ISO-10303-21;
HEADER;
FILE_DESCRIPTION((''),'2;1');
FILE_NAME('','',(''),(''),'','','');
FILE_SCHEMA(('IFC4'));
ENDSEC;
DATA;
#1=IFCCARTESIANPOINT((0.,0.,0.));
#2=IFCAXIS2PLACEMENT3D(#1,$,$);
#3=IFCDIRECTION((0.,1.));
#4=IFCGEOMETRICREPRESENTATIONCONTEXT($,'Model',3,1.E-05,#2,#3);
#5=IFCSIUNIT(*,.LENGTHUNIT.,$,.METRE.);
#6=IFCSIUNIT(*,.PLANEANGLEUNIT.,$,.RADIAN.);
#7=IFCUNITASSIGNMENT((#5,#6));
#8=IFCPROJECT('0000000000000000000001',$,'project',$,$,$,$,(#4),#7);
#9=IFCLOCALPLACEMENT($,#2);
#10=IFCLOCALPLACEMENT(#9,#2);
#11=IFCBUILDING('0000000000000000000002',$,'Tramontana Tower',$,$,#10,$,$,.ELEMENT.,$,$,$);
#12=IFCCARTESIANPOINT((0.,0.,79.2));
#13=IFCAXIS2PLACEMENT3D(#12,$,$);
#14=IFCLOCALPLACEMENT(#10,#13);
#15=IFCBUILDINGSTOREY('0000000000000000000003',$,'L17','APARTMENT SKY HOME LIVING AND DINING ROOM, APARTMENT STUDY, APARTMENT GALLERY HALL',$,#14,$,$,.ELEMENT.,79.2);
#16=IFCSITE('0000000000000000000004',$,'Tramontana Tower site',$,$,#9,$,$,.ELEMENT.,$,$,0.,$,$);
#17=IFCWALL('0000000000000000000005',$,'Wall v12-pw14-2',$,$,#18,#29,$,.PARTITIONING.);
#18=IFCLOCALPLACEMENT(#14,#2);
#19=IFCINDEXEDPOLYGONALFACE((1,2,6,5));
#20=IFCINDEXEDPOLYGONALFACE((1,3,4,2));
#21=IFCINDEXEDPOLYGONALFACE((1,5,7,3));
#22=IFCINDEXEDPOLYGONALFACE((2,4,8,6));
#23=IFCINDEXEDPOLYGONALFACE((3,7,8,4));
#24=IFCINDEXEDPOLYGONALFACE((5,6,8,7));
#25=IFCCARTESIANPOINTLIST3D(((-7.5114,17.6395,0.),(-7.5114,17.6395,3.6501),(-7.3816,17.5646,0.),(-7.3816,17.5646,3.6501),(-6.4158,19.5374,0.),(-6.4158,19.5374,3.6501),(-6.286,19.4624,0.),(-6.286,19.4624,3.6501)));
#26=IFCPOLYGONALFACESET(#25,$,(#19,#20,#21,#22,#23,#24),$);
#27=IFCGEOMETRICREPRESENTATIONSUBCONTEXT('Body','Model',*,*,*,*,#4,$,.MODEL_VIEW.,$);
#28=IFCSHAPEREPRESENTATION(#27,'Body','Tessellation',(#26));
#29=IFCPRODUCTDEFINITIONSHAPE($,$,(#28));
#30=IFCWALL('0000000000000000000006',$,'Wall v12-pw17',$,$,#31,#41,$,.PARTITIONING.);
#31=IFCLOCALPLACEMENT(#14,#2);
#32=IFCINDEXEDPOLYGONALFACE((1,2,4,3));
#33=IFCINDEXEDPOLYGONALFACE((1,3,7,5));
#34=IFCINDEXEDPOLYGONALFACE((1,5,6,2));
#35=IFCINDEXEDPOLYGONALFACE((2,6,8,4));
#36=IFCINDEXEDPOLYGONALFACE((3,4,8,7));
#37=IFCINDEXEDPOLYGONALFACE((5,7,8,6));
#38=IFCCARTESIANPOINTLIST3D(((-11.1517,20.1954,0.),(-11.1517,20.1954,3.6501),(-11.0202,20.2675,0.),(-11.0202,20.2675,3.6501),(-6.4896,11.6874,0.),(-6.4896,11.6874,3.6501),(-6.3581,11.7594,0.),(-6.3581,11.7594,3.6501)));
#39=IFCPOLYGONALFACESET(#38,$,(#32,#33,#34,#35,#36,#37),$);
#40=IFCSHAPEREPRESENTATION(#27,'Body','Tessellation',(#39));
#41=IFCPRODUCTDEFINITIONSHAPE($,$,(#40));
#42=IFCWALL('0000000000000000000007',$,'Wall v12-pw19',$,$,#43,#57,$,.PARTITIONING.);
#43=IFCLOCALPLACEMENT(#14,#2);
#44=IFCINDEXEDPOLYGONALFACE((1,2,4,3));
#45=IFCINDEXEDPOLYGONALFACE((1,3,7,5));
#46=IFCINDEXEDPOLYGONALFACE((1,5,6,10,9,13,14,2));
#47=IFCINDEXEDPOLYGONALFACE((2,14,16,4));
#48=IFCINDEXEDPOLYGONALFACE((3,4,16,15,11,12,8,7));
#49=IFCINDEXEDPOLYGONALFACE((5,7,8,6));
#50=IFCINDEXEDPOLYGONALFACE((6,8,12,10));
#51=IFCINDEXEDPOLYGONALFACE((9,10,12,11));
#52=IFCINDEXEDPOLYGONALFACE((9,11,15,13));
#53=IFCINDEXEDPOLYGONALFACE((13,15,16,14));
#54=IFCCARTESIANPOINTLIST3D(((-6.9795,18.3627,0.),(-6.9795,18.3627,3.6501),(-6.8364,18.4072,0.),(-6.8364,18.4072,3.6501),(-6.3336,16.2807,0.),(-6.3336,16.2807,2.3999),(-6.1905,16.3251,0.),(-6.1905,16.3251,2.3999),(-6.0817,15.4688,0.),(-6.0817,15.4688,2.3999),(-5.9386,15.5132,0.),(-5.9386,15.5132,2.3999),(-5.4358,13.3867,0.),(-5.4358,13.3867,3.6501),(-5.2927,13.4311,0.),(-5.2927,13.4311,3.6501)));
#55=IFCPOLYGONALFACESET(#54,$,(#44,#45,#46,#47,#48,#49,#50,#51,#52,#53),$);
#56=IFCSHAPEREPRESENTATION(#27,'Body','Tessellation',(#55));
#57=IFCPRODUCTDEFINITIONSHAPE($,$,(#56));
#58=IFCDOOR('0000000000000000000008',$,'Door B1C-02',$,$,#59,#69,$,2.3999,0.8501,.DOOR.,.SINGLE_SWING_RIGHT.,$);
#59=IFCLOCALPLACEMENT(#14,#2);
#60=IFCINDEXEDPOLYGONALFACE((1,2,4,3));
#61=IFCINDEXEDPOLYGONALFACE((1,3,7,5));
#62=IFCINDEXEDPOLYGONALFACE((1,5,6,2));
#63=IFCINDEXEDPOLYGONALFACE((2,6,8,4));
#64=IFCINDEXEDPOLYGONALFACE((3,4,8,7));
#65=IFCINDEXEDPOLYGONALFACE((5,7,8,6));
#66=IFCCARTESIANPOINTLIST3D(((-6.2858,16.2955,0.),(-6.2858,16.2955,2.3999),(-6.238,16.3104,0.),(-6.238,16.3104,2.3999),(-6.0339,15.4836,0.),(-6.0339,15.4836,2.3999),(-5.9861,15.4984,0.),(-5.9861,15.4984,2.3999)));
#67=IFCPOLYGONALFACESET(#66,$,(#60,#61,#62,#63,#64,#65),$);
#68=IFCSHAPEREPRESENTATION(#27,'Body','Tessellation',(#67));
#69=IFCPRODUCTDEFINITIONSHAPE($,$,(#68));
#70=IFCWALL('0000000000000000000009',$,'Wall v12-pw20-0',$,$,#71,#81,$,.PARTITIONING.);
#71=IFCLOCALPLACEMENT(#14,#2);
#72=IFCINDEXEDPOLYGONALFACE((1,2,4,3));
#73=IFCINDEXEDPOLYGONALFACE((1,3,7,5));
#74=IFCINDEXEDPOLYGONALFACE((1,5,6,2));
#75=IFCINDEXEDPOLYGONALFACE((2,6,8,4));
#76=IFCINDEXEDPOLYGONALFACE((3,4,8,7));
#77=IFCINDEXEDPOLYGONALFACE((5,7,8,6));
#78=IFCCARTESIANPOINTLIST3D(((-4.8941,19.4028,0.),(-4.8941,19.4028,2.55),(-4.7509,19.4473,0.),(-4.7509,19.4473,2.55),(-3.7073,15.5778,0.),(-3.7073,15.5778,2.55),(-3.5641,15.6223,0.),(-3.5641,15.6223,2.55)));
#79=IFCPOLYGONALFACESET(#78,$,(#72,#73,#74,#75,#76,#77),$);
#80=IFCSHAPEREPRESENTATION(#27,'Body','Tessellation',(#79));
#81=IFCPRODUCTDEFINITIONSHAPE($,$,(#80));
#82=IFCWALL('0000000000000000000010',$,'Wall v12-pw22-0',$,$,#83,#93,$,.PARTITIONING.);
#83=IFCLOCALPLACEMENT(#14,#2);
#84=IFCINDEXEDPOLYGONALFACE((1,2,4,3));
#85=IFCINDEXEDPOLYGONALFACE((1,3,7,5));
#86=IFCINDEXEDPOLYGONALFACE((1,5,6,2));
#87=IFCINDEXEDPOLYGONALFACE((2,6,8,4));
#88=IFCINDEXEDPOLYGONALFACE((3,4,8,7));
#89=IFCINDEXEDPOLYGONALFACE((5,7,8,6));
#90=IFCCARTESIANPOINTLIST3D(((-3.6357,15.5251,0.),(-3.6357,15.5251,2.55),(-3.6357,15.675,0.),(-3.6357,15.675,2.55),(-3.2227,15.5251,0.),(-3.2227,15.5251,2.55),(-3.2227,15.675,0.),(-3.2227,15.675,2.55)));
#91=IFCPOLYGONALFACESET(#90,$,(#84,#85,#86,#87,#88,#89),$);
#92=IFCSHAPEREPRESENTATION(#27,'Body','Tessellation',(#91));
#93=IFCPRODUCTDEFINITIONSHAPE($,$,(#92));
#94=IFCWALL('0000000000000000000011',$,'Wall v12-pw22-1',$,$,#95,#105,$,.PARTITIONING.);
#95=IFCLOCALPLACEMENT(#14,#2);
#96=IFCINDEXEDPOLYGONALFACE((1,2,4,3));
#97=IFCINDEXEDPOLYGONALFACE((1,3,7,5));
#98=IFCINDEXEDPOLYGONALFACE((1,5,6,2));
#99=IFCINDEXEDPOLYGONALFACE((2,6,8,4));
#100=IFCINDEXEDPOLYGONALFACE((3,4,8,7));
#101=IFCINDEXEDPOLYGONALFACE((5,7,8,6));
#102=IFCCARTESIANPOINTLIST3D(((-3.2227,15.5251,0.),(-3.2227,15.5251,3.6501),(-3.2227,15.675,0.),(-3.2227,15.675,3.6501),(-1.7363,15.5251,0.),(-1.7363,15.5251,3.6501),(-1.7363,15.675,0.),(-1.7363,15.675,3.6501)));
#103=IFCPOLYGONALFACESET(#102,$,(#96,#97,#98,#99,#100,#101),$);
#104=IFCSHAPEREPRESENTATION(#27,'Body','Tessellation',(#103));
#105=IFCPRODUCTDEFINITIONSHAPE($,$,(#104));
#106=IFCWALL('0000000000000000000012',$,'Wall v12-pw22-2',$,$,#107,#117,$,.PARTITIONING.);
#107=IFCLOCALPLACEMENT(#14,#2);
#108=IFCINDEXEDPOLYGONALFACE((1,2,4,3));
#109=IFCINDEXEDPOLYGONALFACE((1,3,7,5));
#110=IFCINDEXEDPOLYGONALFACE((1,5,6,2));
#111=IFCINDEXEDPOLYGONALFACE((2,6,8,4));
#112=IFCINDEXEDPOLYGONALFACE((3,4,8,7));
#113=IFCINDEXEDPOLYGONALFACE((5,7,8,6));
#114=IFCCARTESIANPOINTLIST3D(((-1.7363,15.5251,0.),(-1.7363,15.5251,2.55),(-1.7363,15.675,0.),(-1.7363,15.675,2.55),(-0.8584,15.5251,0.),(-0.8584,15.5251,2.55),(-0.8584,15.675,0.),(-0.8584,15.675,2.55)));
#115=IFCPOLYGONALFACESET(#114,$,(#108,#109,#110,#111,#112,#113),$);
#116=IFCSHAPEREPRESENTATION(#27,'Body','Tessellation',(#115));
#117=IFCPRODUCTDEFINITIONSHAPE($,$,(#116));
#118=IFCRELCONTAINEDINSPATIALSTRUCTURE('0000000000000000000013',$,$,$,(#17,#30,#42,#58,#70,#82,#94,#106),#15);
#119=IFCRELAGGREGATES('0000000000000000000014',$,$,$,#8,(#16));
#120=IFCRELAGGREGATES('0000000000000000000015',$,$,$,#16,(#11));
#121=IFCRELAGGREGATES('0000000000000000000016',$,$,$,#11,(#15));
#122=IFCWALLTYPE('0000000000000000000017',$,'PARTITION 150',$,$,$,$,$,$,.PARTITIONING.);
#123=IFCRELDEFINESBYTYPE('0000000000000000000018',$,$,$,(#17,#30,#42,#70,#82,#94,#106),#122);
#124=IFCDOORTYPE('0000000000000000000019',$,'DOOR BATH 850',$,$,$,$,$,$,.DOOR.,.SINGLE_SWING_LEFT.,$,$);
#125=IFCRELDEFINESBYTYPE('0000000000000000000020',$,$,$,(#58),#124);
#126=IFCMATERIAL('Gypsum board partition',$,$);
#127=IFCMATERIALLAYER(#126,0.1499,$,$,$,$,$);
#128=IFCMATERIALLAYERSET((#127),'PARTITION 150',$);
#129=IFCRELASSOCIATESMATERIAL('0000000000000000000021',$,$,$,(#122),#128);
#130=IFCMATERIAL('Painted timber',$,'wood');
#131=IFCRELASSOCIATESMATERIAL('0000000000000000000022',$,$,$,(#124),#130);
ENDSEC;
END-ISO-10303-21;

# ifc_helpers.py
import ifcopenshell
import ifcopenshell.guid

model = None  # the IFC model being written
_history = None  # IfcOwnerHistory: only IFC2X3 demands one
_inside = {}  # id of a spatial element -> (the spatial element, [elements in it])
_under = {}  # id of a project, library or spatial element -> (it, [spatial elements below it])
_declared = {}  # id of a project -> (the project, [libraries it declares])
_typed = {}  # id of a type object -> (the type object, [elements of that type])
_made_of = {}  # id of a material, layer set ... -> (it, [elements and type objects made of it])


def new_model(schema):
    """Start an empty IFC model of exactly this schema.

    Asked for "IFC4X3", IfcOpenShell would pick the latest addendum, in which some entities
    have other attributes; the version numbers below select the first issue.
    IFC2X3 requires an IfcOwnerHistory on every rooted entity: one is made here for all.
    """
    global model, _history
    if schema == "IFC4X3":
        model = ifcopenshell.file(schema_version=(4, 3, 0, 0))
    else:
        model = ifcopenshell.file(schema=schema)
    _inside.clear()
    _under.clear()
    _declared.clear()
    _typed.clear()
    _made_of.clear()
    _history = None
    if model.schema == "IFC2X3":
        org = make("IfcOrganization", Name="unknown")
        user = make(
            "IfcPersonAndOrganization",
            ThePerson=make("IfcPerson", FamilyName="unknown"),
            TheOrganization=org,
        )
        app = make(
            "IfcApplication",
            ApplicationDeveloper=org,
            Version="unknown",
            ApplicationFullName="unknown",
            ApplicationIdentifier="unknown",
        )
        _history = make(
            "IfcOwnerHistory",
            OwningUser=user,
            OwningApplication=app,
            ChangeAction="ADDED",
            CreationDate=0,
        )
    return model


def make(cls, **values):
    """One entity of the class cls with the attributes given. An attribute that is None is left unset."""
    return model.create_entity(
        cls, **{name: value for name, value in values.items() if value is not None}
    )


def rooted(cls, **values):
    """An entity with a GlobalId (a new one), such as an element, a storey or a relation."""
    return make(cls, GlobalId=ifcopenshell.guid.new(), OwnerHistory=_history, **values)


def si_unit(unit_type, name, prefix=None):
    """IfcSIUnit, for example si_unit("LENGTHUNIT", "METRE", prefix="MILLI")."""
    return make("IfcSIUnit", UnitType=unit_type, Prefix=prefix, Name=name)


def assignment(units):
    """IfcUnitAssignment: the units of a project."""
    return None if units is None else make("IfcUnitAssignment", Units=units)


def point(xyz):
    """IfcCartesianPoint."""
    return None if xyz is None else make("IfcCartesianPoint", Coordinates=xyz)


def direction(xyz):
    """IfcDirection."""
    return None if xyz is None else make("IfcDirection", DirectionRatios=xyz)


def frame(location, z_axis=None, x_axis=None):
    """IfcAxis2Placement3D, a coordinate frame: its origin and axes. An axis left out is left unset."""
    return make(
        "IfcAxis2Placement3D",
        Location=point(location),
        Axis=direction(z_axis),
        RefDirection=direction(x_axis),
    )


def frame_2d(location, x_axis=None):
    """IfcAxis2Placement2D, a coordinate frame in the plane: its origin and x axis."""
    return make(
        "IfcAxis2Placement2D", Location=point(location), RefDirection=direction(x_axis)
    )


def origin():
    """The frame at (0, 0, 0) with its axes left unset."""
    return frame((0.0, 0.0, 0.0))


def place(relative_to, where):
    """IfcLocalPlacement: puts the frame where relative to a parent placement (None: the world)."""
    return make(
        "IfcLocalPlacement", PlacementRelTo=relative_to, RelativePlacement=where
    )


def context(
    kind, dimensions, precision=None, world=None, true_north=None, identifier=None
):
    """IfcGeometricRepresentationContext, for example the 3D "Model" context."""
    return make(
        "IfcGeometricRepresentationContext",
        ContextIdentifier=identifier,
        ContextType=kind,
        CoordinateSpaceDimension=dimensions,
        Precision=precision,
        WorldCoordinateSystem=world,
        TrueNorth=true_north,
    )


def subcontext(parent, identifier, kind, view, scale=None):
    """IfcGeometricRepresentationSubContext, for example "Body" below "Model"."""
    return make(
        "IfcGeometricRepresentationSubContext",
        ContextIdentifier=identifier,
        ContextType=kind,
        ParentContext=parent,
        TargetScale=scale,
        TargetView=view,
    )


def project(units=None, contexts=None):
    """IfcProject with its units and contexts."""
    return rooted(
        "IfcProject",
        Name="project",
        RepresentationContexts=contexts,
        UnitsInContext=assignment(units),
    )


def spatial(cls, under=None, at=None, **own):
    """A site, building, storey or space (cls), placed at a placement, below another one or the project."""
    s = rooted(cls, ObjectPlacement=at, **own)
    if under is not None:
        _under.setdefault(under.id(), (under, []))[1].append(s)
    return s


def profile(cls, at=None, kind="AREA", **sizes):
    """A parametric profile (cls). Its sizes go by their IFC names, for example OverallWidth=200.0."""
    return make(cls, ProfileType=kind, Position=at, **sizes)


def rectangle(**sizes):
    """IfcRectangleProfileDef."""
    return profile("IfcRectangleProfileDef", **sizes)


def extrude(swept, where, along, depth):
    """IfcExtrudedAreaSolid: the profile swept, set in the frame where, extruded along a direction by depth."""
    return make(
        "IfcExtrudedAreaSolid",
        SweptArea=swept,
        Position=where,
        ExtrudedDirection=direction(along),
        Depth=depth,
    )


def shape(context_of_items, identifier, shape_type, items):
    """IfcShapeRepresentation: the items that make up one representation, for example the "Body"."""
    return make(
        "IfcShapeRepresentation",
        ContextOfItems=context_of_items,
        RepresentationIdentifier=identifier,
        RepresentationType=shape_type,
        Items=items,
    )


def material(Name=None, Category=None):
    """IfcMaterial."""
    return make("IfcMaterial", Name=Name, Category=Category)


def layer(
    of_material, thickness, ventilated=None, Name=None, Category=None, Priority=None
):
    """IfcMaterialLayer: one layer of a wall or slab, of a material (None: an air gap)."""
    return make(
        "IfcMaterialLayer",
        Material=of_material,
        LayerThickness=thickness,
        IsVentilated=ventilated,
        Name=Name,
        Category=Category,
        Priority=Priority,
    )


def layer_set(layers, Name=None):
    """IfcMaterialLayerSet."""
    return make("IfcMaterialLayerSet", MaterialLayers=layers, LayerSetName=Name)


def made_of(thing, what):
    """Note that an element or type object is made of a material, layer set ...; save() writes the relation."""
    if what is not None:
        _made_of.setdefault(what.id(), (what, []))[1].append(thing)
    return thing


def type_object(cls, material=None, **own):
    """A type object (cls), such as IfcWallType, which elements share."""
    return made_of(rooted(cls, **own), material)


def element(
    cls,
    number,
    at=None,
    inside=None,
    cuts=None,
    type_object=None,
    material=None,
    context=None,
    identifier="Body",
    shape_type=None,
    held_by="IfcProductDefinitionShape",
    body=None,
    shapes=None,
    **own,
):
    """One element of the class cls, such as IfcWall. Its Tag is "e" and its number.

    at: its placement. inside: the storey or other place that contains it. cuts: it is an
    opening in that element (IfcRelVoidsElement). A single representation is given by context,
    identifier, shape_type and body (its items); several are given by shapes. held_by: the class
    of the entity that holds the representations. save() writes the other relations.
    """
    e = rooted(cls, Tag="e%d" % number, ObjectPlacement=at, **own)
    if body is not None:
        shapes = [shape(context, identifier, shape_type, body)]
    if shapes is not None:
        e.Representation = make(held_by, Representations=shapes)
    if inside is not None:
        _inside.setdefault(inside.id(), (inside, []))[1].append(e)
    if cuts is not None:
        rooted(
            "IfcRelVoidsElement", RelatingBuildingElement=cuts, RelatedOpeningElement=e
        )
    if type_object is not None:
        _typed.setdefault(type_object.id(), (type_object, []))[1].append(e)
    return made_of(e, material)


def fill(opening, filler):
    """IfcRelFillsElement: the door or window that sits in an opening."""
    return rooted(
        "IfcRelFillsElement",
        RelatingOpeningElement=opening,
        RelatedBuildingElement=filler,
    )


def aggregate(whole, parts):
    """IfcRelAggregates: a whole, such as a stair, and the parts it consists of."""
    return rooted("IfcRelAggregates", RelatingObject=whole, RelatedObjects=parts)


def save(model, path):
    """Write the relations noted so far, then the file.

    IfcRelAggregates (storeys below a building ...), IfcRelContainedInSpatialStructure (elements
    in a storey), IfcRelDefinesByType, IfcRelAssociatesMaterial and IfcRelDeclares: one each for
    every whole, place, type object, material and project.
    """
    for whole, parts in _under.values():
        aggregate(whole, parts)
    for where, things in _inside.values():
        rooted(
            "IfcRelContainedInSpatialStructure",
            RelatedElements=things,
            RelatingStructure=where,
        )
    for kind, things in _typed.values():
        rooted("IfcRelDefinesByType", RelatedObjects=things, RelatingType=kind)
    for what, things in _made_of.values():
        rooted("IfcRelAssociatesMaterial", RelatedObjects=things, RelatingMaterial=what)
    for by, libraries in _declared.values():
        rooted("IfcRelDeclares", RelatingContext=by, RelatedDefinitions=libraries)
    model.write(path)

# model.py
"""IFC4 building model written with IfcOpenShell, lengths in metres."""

from ifc_helpers import new_model, si_unit, direction, frame, frame_2d, origin, place, context, subcontext, project, spatial, rectangle, extrude, material, layer, layer_set, type_object, element, fill, save


model = new_model("IFC4")

# Units and contexts
model_context = context("Model", 3, precision=1e-05, world=origin(), true_north=direction((0.0, 1.0)))
body_context = subcontext(model_context, "Body", "Model", "MODEL_VIEW")
ifc_project = project(units=[si_unit("LENGTHUNIT", "METRE"), si_unit("PLANEANGLEUNIT", "RADIAN")], contexts=[model_context])

# Site, building, storey
site_placement = place(None, origin())
site = spatial("IfcSite", under=ifc_project, at=site_placement, Name="Tramontana Tower site", CompositionType="ELEMENT", RefElevation=0.0)
building_placement = place(site_placement, origin())
building = spatial("IfcBuilding", under=site, at=building_placement, Name="Tramontana Tower", CompositionType="ELEMENT")
storey_placement = place(building_placement, frame((0.0, 0.0, 79.2)))
storey = spatial("IfcBuildingStorey", under=building, at=storey_placement, Name="L17", Description="APARTMENT SKY HOME LIVING AND DINING ROOM, APARTMENT STUDY, APARTMENT GALLERY HALL", CompositionType="ELEMENT", Elevation=79.2)

# Walls
ifc_material_1 = material(Name="Gypsum board partition")
ifc_layer_1 = layer(ifc_material_1, 0.1499)
ifc_layer_set_1 = layer_set([ifc_layer_1], Name="PARTITION 150")
wall_type_1 = type_object("IfcWallType", Name="PARTITION 150", PredefinedType="PARTITIONING", material=ifc_layer_set_1)
wall_1_placement = place(storey_placement, frame((-7.4465, 17.6021, 0.0), z_axis=(0.0, 0.0, 1.0), x_axis=(0.499973, 0.866041, 0.0)))
element("IfcWall", 1, at=wall_1_placement, inside=storey, type_object=wall_type_1, Name="Wall v12-pw14-2", PredefinedType="PARTITIONING", context=body_context, shape_type="SweptSolid", body=[
    extrude(rectangle(XDim=2.1914, YDim=0.1499, at=frame_2d((1.0957, 0.0))), origin(), (0.0, 0.0, 1.0), 3.6501),
])
wall_2_placement = place(storey_placement, frame((-6.4238, 11.7234, 0.0), z_axis=(0.0, 0.0, 1.0), x_axis=(-0.480547, 0.876969, 0.0)))
element("IfcWall", 2, at=wall_2_placement, inside=storey, type_object=wall_type_1, Name="Wall v12-pw17", PredefinedType="PARTITIONING", context=body_context, shape_type="SweptSolid", body=[
    extrude(rectangle(XDim=9.7017, YDim=0.1499, at=frame_2d((4.8508, 0.0))), origin(), (0.0, 0.0, 1.0), 3.6501),
])

# Wall, opening, door
wall_3_placement = place(storey_placement, frame((-5.3643, 13.4089, 0.0), z_axis=(0.0, 0.0, 1.0), x_axis=(-0.296295, 0.955097, 0.0)))
wall_3 = element("IfcWall", 3, at=wall_3_placement, inside=storey, type_object=wall_type_1, Name="Wall v12-pw19", PredefinedType="PARTITIONING", context=body_context, shape_type="SweptSolid", body=[
    extrude(rectangle(XDim=5.21, YDim=0.1499, at=frame_2d((2.605, 0.0))), origin(), (0.0, 0.0, 1.0), 3.6501),
])
opening_1_placement = place(wall_3_placement, frame((2.1799, 0.0, 0.0)))
opening_1 = element("IfcOpeningElement", 4, at=opening_1_placement, cuts=wall_3, PredefinedType="OPENING", context=body_context, shape_type="SweptSolid", body=[
    extrude(rectangle(XDim=0.8501, YDim=2.3999, at=frame_2d((0.425, 1.2))), frame((0.0, 0.085, 0.0), z_axis=(0.0, -1.0, 0.0), x_axis=(1.0, 0.0, 0.0)), (0.0, 0.0, 1.0), 0.1699),
])
ifc_material_2 = material(Name="Painted timber", Category="wood")
door_type_1 = type_object("IfcDoorType", Name="DOOR BATH 850", OperationType="SINGLE_SWING_LEFT", PredefinedType="DOOR", material=ifc_material_2)
door_1_placement = place(opening_1_placement, origin())
door_1 = element("IfcDoor", 5, at=door_1_placement, inside=storey, type_object=door_type_1, Name="Door B1C-02", OperationType="SINGLE_SWING_RIGHT", OverallHeight=2.3999, OverallWidth=0.8501, PredefinedType="DOOR", context=body_context, shape_type="SweptSolid", body=[
    extrude(rectangle(XDim=0.8501, YDim=2.3999, at=frame_2d((0.425, 1.2))), frame((0.0, 0.0249, 0.0), z_axis=(0.0, -1.0, 0.0), x_axis=(1.0, 0.0, 0.0)), (0.0, 0.0, 1.0), 0.05),
])
fill(opening_1, door_1)

# Walls
wall_4_placement = place(storey_placement, frame((-4.8225, 19.425, 0.0), z_axis=(0.0, 0.0, 1.0), x_axis=(0.296334, -0.955084, 0.0)))
element("IfcWall", 6, at=wall_4_placement, inside=storey, type_object=wall_type_1, Name="Wall v12-pw20-0", PredefinedType="PARTITIONING", context=body_context, shape_type="SweptSolid", body=[
    extrude(rectangle(XDim=4.0049, YDim=0.1499, at=frame_2d((2.0024, 0.0))), origin(), (0.0, 0.0, 1.0), 2.55),
])
wall_5_placement = place(storey_placement, frame((-3.6357, 15.6001, 0.0), z_axis=(0.0, 0.0, 1.0), x_axis=(1.0, 0.0, 0.0)))
element("IfcWall", 7, at=wall_5_placement, inside=storey, type_object=wall_type_1, Name="Wall v12-pw22-0", PredefinedType="PARTITIONING", context=body_context, shape_type="SweptSolid", body=[
    extrude(rectangle(XDim=0.4131, YDim=0.1499, at=frame_2d((0.2065, 0.0))), origin(), (0.0, 0.0, 1.0), 2.55),
])
wall_6_placement = place(storey_placement, frame((-3.2227, 15.6001, 0.0), z_axis=(0.0, 0.0, 1.0), x_axis=(1.0, 0.0, 0.0)))
element("IfcWall", 8, at=wall_6_placement, inside=storey, type_object=wall_type_1, Name="Wall v12-pw22-1", PredefinedType="PARTITIONING", context=body_context, shape_type="SweptSolid", body=[
    extrude(rectangle(XDim=1.4863, YDim=0.1499, at=frame_2d((0.7432, 0.0))), origin(), (0.0, 0.0, 1.0), 3.6501),
])
wall_7_placement = place(storey_placement, frame((-1.7363, 15.6001, 0.0), z_axis=(0.0, 0.0, 1.0), x_axis=(1.0, 0.0, 0.0)))
element("IfcWall", 9, at=wall_7_placement, inside=storey, type_object=wall_type_1, Name="Wall v12-pw22-2", PredefinedType="PARTITIONING", context=body_context, shape_type="SweptSolid", body=[
    extrude(rectangle(XDim=0.8779, YDim=0.1499, at=frame_2d((0.439, 0.0))), origin(), (0.0, 0.0, 1.0), 2.55),
])

save(model, "model.ifc")
